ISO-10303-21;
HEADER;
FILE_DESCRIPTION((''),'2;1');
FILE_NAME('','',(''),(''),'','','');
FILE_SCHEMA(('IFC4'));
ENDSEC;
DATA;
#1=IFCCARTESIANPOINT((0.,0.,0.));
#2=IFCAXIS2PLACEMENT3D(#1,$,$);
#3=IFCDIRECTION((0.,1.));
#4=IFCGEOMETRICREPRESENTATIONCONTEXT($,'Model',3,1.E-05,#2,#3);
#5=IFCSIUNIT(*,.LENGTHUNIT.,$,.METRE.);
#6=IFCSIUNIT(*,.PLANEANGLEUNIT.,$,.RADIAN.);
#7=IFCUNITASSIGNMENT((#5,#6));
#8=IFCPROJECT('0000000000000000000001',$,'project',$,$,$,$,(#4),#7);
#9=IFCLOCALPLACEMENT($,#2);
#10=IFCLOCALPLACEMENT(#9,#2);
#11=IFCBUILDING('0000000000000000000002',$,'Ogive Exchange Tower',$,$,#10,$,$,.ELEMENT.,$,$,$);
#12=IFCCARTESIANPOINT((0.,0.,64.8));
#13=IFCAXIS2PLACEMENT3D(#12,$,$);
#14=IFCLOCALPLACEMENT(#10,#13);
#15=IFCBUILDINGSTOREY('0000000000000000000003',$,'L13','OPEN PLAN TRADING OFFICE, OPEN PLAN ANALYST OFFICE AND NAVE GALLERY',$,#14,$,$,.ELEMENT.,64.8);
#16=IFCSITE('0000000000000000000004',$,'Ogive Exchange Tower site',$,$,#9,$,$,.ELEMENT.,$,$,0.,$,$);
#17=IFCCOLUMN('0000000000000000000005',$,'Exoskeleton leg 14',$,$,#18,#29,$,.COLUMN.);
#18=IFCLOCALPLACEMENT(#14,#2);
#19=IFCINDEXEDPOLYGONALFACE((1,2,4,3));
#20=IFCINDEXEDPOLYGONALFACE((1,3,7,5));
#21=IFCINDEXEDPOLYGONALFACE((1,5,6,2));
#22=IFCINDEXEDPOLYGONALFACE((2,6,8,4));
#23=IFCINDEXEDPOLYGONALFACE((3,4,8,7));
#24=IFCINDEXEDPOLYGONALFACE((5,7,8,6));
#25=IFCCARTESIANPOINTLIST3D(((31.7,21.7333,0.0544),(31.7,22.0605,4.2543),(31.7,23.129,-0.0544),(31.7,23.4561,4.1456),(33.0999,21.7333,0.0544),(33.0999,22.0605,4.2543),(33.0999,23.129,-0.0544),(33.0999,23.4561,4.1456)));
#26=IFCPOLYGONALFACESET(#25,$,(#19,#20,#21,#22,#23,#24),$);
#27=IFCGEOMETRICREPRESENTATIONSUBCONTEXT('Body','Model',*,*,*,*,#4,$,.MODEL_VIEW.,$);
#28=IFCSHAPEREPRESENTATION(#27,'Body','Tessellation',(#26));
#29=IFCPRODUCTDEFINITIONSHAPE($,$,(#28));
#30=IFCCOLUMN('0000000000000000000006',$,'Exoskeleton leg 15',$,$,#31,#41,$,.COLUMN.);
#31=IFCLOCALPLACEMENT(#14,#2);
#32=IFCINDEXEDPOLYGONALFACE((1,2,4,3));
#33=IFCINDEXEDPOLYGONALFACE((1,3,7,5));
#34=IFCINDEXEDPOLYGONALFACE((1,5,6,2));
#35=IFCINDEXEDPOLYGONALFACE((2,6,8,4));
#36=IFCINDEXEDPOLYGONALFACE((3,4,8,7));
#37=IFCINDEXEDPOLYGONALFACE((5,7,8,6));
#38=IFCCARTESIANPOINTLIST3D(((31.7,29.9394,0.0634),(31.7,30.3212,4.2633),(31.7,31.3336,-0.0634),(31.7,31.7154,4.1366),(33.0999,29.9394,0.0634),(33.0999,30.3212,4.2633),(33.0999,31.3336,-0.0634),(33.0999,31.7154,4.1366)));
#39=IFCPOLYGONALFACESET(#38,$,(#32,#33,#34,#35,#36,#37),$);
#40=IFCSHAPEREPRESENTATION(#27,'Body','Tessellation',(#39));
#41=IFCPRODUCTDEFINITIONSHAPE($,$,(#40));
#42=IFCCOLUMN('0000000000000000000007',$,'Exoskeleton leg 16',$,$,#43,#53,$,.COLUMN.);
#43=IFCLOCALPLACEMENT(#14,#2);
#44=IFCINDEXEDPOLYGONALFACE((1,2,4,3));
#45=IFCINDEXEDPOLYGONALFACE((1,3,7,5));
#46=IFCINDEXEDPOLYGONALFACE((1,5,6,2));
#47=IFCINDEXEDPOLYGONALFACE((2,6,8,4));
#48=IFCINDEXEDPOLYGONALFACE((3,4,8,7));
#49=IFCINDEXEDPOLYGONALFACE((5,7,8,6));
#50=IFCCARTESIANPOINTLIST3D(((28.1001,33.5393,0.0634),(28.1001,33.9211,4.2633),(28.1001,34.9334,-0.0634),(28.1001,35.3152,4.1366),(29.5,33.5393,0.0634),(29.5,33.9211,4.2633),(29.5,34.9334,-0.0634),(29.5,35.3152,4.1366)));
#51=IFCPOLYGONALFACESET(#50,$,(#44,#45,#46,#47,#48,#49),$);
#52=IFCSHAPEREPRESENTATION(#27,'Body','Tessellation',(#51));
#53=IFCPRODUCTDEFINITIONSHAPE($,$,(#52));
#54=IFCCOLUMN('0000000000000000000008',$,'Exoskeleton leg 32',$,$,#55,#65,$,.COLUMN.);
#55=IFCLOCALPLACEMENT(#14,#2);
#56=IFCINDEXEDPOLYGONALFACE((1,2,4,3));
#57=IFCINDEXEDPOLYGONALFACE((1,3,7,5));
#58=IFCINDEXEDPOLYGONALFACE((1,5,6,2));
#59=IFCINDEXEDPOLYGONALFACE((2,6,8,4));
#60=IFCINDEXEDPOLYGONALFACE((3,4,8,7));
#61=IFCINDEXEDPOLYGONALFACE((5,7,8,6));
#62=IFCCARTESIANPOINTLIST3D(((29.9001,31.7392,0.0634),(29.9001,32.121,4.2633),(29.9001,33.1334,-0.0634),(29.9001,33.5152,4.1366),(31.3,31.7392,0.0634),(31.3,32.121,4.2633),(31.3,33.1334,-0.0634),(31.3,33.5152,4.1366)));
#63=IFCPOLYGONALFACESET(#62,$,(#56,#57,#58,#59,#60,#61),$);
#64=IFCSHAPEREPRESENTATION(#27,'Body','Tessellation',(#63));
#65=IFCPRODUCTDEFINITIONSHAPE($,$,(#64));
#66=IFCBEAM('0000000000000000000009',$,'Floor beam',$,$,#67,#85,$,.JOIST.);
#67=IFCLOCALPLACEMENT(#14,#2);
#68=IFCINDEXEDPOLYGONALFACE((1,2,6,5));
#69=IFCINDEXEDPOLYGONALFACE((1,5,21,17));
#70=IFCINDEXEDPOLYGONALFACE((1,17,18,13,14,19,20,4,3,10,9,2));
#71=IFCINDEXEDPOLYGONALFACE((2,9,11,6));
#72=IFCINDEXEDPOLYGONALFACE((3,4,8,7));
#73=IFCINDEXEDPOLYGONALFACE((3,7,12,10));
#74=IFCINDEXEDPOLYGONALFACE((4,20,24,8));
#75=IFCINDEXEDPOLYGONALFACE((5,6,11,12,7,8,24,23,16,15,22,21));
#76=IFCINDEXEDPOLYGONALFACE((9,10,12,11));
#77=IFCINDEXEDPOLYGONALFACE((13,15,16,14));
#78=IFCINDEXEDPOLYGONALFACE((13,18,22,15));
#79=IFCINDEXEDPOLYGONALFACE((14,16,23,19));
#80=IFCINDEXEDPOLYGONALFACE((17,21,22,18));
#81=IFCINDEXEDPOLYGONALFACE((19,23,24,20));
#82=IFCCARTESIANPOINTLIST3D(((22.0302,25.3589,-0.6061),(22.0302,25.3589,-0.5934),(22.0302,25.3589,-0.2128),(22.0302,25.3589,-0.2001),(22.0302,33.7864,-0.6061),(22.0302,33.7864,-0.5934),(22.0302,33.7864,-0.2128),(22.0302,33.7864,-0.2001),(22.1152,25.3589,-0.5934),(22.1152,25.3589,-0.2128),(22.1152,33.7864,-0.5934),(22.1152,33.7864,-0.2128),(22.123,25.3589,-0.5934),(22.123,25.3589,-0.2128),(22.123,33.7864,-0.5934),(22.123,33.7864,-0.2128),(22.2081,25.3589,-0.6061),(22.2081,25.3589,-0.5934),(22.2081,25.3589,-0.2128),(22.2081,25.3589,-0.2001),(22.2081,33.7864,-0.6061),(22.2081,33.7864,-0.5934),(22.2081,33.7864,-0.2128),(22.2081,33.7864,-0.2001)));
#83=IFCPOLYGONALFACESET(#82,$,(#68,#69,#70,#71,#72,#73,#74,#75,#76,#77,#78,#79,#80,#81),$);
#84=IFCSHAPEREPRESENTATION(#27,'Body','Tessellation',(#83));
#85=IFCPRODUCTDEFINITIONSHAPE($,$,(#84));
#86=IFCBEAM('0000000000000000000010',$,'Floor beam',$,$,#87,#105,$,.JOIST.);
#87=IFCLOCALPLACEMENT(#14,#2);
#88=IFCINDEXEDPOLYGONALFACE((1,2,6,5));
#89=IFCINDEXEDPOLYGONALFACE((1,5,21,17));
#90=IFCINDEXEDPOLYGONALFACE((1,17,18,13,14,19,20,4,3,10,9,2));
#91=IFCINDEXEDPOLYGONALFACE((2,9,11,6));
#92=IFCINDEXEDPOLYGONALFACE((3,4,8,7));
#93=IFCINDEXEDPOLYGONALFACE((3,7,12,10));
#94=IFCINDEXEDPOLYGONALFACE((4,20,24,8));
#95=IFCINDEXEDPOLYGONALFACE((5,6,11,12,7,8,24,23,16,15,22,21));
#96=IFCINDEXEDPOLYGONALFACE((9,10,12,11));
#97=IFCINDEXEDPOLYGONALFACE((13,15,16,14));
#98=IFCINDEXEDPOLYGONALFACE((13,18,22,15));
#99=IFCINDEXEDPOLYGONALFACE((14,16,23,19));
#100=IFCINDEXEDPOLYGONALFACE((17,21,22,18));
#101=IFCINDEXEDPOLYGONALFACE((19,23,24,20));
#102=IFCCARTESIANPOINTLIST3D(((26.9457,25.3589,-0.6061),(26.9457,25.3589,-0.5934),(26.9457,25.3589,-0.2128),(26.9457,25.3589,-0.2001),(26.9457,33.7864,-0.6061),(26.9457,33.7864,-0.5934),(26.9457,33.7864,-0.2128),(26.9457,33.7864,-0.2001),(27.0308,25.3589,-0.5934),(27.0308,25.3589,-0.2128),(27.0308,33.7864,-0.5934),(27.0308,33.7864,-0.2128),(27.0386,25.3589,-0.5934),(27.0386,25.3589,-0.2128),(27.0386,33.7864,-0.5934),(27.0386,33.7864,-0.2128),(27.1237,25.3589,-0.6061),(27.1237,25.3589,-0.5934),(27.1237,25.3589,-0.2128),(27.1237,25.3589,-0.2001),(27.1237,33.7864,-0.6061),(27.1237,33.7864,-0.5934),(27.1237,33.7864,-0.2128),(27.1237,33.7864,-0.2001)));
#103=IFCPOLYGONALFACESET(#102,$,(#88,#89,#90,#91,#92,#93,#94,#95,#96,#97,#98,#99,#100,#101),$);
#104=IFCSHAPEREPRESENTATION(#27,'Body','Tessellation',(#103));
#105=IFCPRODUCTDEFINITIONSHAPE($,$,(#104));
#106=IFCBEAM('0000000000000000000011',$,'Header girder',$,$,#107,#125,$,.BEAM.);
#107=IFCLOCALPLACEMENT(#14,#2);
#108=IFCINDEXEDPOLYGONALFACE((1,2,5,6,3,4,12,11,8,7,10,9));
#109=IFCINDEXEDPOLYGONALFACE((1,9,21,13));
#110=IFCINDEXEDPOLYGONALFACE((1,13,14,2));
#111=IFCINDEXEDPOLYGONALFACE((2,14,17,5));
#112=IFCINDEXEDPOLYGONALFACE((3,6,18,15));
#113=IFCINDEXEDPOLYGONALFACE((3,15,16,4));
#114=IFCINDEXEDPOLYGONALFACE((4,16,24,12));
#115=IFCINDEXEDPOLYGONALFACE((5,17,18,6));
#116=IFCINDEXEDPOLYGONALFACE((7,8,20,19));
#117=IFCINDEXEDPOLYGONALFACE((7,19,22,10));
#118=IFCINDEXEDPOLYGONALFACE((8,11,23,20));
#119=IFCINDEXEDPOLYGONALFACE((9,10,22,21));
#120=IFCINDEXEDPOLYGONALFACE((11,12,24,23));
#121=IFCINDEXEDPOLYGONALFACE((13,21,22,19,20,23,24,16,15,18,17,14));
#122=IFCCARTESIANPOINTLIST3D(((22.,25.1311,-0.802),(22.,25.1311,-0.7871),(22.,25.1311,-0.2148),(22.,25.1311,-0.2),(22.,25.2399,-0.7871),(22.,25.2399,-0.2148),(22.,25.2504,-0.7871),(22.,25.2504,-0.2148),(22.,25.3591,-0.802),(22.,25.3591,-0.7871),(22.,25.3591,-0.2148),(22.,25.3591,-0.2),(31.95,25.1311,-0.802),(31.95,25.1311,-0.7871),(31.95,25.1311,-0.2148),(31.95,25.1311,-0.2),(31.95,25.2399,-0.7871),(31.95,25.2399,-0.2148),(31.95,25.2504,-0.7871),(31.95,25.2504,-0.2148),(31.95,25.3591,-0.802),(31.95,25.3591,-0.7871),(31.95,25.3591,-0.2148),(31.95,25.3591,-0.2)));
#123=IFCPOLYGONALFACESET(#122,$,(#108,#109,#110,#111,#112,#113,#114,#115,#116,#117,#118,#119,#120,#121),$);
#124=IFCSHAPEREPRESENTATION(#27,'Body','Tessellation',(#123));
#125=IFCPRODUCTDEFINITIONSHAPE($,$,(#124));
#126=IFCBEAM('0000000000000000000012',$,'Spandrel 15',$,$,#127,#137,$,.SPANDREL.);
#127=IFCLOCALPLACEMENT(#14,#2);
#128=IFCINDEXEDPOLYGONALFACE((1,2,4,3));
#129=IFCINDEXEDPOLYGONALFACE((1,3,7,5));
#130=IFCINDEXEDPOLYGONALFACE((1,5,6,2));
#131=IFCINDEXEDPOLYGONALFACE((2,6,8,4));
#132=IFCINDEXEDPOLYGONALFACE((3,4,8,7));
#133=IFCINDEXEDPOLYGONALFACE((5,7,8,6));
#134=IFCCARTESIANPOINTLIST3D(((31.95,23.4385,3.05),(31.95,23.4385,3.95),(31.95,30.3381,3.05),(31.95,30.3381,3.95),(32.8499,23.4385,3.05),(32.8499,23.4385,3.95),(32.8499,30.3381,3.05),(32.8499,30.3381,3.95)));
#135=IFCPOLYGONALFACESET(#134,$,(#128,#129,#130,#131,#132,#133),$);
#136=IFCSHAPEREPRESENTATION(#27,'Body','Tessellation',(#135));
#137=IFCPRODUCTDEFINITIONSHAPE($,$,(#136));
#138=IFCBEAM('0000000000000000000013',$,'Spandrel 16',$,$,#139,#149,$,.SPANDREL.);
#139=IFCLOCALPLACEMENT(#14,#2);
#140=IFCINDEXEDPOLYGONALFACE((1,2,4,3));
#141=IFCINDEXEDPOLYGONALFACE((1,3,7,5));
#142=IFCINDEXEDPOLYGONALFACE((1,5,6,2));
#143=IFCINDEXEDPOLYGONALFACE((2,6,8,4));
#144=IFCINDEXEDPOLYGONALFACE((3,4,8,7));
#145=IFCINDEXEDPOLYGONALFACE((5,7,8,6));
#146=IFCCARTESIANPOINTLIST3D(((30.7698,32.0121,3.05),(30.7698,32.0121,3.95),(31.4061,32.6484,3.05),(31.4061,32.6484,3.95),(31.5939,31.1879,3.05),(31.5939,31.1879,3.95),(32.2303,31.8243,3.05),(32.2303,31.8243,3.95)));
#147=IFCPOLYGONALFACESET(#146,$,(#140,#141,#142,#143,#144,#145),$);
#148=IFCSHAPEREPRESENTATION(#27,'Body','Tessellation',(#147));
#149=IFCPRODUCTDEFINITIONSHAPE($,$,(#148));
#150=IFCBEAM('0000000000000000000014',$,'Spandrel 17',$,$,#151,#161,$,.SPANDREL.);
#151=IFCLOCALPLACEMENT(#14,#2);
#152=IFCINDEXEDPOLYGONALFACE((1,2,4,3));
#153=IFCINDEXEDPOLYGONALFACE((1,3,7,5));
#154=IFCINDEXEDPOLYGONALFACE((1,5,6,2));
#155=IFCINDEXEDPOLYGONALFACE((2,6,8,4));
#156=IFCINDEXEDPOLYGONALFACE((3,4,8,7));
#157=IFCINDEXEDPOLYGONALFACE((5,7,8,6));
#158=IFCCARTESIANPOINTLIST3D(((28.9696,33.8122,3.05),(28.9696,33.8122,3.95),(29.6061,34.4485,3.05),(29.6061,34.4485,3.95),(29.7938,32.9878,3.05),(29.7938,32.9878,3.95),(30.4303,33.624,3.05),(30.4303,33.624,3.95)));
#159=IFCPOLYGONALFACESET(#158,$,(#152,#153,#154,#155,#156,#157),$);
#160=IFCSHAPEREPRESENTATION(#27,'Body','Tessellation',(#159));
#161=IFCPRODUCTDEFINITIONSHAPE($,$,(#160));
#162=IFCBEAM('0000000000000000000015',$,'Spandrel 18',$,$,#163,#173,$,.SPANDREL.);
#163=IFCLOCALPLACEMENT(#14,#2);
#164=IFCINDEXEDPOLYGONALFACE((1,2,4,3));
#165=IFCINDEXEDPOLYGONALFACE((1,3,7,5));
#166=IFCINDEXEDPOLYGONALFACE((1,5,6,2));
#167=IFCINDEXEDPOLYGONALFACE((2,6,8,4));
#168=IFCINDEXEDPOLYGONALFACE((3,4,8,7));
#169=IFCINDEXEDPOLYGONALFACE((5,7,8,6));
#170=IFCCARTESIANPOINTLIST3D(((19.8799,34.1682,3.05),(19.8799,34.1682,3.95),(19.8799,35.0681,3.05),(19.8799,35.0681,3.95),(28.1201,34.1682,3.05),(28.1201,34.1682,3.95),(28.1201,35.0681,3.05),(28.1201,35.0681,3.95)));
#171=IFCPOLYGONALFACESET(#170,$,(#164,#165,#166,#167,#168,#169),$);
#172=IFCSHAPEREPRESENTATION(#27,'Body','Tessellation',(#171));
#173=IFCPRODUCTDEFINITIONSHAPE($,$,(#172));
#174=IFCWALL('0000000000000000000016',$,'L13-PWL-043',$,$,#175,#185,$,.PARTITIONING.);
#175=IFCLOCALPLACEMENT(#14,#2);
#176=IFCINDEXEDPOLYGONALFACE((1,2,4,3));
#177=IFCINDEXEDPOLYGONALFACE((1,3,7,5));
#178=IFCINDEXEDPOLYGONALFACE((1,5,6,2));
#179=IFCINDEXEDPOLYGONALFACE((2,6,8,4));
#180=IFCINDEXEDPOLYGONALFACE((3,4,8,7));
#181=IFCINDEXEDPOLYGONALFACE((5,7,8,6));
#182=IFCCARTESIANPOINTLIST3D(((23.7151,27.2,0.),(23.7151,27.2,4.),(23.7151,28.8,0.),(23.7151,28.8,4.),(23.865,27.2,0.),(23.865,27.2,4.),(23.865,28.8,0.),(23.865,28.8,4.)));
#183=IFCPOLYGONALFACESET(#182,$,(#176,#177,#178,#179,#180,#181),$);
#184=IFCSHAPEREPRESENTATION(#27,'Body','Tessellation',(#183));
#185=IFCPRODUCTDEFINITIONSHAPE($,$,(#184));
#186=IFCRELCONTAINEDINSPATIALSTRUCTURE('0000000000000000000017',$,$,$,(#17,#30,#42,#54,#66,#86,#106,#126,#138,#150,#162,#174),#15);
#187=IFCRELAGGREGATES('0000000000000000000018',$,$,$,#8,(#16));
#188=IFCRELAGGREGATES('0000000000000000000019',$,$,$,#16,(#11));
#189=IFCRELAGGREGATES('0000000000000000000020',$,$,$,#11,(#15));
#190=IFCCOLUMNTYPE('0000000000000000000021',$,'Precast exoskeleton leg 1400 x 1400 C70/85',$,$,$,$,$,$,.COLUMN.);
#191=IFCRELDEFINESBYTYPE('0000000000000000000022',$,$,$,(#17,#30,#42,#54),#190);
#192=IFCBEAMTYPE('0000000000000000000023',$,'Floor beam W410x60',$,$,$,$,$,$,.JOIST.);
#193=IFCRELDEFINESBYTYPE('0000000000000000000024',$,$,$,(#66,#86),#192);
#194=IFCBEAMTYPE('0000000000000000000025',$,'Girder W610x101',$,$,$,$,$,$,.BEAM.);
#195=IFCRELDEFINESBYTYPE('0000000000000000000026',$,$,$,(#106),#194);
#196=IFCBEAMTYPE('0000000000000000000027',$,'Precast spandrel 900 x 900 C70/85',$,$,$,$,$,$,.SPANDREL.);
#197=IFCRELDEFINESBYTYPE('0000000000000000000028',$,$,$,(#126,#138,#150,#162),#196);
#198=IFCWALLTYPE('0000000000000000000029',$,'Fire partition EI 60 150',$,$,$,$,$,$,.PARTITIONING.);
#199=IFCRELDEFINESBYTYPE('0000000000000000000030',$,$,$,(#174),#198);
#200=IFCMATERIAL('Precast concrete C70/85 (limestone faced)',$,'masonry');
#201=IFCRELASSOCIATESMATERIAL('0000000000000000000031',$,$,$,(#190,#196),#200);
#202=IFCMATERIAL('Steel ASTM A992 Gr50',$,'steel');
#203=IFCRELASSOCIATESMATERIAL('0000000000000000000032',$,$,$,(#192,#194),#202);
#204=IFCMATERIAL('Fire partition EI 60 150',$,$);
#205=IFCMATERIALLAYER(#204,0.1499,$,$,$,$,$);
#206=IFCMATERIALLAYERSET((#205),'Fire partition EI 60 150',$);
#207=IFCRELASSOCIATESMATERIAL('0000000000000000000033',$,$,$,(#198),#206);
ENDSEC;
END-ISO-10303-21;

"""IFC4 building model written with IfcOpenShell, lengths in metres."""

from ifc_helpers import new_model, si_unit, direction, frame, frame_2d, origin, origin_2d, place, context, subcontext, project, spatial, rectangle, i_section, extrude, material, layer, layer_set, material_profile, profile_set, type_object, element, save


model = new_model("IFC4")

# Units and contexts
model_context = context("Model", 3, precision=1e-05, world=origin(), true_north=direction((0.0, 1.0)))
body_context = subcontext(model_context, "Body", "Model", "MODEL_VIEW")
ifc_project = project(units=[si_unit("LENGTHUNIT", "METRE"), si_unit("PLANEANGLEUNIT", "RADIAN")], contexts=[model_context])

# Site, building, storey
site_placement = place(None, origin())
site = spatial("IfcSite", under=ifc_project, at=site_placement, Name="Ogive Exchange Tower site", CompositionType="ELEMENT", RefElevation=0.0)
building_placement = place(site_placement, origin())
building = spatial("IfcBuilding", under=site, at=building_placement, Name="Ogive Exchange Tower", CompositionType="ELEMENT")
storey_placement = place(building_placement, frame((0.0, 0.0, 64.8)))
storey = spatial("IfcBuildingStorey", under=building, at=storey_placement, Name="L13", Description="OPEN PLAN TRADING OFFICE, OPEN PLAN ANALYST OFFICE AND NAVE GALLERY", CompositionType="ELEMENT", Elevation=64.8)

# Columns
ifc_material_1 = material(Name="Precast concrete C70/85 (limestone faced)", Category="masonry")
ifc_material_profile_1 = material_profile(ifc_material_1, rectangle(XDim=1.3999, YDim=1.3999, at=origin_2d()), Name="1400 x 1400")
ifc_profile_set_1 = profile_set([ifc_material_profile_1], Name="Precast concrete C70/85 (limestone faced)")
column_type = type_object("IfcColumnType", Name="Precast exoskeleton leg 1400 x 1400 C70/85", PredefinedType="COLUMN", material=ifc_profile_set_1)
column_placement = place(storey_placement, frame((32.3999, 22.4312, 0.0), z_axis=(0.0, 0.077658, 0.99698), x_axis=(-1.0, 0.0, 0.0)))
element("IfcColumn", 1, at=column_placement, inside=storey, type_object=column_type, Name="Exoskeleton leg 14", PredefinedType="COLUMN", context=body_context, shape_type="SweptSolid", body=[
    extrude(rectangle(XDim=1.3999, YDim=1.3999, at=origin_2d()), origin(), (0.0, 0.0, 1.0), 4.2126),
])
for number, where, z_axis, x_axis, name in (
    (2, (32.3999, 30.6365, 0.0), (0.0, 0.090541, 0.995893), (-1.0, 0.0, 0.0), "Exoskeleton leg 15"),
    (3, (28.8, 34.2363, 0.0), (0.0, 0.090541, 0.995893), (-1.0, 0.0, 0.0), "Exoskeleton leg 16"),
    (4, (30.6001, 32.4363, 0.0), (0.0, 0.090541, 0.995893), (-1.0, 0.0, 0.0), "Exoskeleton leg 32"),
):
    element("IfcColumn", number, at=place(storey_placement, frame(where, z_axis=z_axis, x_axis=x_axis)), inside=storey, type_object=column_type, Name=name, PredefinedType="COLUMN", context=body_context, shape_type="SweptSolid", body=[
        extrude(rectangle(XDim=1.3999, YDim=1.3999, at=origin_2d()), origin(), (0.0, 0.0, 1.0), 4.2173),
    ])

# Beams
ifc_material_2 = material(Name="Steel ASTM A992 Gr50", Category="steel")
ifc_material_profile_2 = material_profile(ifc_material_2, i_section(OverallWidth=0.178, OverallDepth=0.406, WebThickness=0.0078, FlangeThickness=0.0127, at=origin_2d()), Name="W410x60")
ifc_profile_set_2 = profile_set([ifc_material_profile_2], Name="Steel ASTM A992 Gr50")
beam_type_1 = type_object("IfcBeamType", Name="Floor beam W410x60", PredefinedType="JOIST", material=ifc_profile_set_2)
for number, where, z_axis, x_axis, name in (
    (5, (22.1191, 25.3589, -0.4031), (0.0, 1.0, 0.0), (-1.0, 0.0, 0.0), "Floor beam"),
    (6, (27.0347, 25.3589, -0.4031), (0.0, 1.0, 0.0), (-1.0, 0.0, 0.0), "Floor beam"),
):
    element("IfcBeam", number, at=place(storey_placement, frame(where, z_axis=z_axis, x_axis=x_axis)), inside=storey, type_object=beam_type_1, Name=name, PredefinedType="JOIST", context=body_context, shape_type="SweptSolid", body=[
        extrude(i_section(OverallWidth=0.178, OverallDepth=0.406, WebThickness=0.0078, FlangeThickness=0.0127, at=origin_2d()), origin(), (0.0, 0.0, 1.0), 8.4275),
    ])
ifc_material_profile_3 = material_profile(ifc_material_2, i_section(OverallWidth=0.228, OverallDepth=0.6021, WebThickness=0.0105, FlangeThickness=0.0149, at=origin_2d()), Name="W610x101")
ifc_profile_set_3 = profile_set([ifc_material_profile_3], Name="Steel ASTM A992 Gr50")
beam_type_2 = type_object("IfcBeamType", Name="Girder W610x101", PredefinedType="BEAM", material=ifc_profile_set_3)
beam_1_placement = place(storey_placement, frame((22.0, 25.2451, -0.501), z_axis=(1.0, 0.0, 0.0), x_axis=(0.0, 1.0, 0.0)))
element("IfcBeam", 7, at=beam_1_placement, inside=storey, type_object=beam_type_2, Name="Header girder", PredefinedType="BEAM", context=body_context, shape_type="SweptSolid", body=[
    extrude(i_section(OverallWidth=0.228, OverallDepth=0.6021, WebThickness=0.0105, FlangeThickness=0.0149, at=origin_2d()), origin(), (0.0, 0.0, 1.0), 9.95),
])
ifc_material_profile_4 = material_profile(ifc_material_1, rectangle(XDim=0.8999, YDim=0.8999, at=origin_2d()), Name="900 x 900")
ifc_profile_set_4 = profile_set([ifc_material_profile_4], Name="Precast concrete C70/85 (limestone faced)")
beam_type_3 = type_object("IfcBeamType", Name="Precast spandrel 900 x 900 C70/85", PredefinedType="SPANDREL", material=ifc_profile_set_4)
beam_2_placement = place(storey_placement, frame((32.3999, 23.4385, 3.5), z_axis=(0.0, 1.0, 0.0), x_axis=(-1.0, 0.0, 0.0)))
element("IfcBeam", 8, at=beam_2_placement, inside=storey, type_object=beam_type_3, Name="Spandrel 15", PredefinedType="SPANDREL", context=body_context, shape_type="SweptSolid", body=[
    extrude(rectangle(XDim=0.8999, YDim=0.8999, at=origin_2d()), origin(), (0.0, 0.0, 1.0), 6.8997),
])
beam_3_placement = place(storey_placement, frame((31.9121, 31.5061, 3.5), z_axis=(-0.707107, 0.707107, 0.0), x_axis=(-0.707107, -0.707107, 0.0)))
element("IfcBeam", 9, at=beam_3_placement, inside=storey, type_object=beam_type_3, Name="Spandrel 16", PredefinedType="SPANDREL", context=body_context, shape_type="SweptSolid", body=[
    extrude(rectangle(XDim=0.8999, YDim=0.8999, at=origin_2d()), origin(), (0.0, 0.0, 1.0), 1.1655),
])
beam_4_placement = place(storey_placement, frame((30.1121, 33.3059, 3.5), z_axis=(-0.707002, 0.707211, 0.0), x_axis=(-0.707211, -0.707002, 0.0)))
element("IfcBeam", 10, at=beam_4_placement, inside=storey, type_object=beam_type_3, Name="Spandrel 17", PredefinedType="SPANDREL", context=body_context, shape_type="SweptSolid", body=[
    extrude(rectangle(XDim=0.8999, YDim=0.8999, at=origin_2d()), origin(), (0.0, 0.0, 1.0), 1.1658),
])
beam_5_placement = place(storey_placement, frame((28.1201, 34.6182, 3.5), z_axis=(-1.0, 0.0, 0.0), x_axis=(0.0, -1.0, 0.0)))
element("IfcBeam", 11, at=beam_5_placement, inside=storey, type_object=beam_type_3, Name="Spandrel 18", PredefinedType="SPANDREL", context=body_context, shape_type="SweptSolid", body=[
    extrude(rectangle(XDim=0.8999, YDim=0.8999, at=origin_2d()), origin(), (0.0, 0.0, 1.0), 8.2402),
])

# Wall
ifc_material_3 = material(Name="Fire partition EI 60 150")
ifc_layer_1 = layer(ifc_material_3, 0.1499)
ifc_layer_set_1 = layer_set([ifc_layer_1], Name="Fire partition EI 60 150")
wall_type_1 = type_object("IfcWallType", Name="Fire partition EI 60 150", PredefinedType="PARTITIONING", material=ifc_layer_set_1)
wall_1_placement = place(storey_placement, frame((23.79, 28.8, 0.0), z_axis=(0.0, 0.0, 1.0), x_axis=(0.0, -1.0, 0.0)))
element("IfcWall", 12, at=wall_1_placement, inside=storey, type_object=wall_type_1, Name="L13-PWL-043", PredefinedType="PARTITIONING", context=body_context, shape_type="SweptSolid", body=[
    extrude(rectangle(XDim=1.6001, YDim=0.1499, at=frame_2d((0.8, 0.0))), origin(), (0.0, 0.0, 1.0), 4.0),
])

save(model, "model.ifc")
